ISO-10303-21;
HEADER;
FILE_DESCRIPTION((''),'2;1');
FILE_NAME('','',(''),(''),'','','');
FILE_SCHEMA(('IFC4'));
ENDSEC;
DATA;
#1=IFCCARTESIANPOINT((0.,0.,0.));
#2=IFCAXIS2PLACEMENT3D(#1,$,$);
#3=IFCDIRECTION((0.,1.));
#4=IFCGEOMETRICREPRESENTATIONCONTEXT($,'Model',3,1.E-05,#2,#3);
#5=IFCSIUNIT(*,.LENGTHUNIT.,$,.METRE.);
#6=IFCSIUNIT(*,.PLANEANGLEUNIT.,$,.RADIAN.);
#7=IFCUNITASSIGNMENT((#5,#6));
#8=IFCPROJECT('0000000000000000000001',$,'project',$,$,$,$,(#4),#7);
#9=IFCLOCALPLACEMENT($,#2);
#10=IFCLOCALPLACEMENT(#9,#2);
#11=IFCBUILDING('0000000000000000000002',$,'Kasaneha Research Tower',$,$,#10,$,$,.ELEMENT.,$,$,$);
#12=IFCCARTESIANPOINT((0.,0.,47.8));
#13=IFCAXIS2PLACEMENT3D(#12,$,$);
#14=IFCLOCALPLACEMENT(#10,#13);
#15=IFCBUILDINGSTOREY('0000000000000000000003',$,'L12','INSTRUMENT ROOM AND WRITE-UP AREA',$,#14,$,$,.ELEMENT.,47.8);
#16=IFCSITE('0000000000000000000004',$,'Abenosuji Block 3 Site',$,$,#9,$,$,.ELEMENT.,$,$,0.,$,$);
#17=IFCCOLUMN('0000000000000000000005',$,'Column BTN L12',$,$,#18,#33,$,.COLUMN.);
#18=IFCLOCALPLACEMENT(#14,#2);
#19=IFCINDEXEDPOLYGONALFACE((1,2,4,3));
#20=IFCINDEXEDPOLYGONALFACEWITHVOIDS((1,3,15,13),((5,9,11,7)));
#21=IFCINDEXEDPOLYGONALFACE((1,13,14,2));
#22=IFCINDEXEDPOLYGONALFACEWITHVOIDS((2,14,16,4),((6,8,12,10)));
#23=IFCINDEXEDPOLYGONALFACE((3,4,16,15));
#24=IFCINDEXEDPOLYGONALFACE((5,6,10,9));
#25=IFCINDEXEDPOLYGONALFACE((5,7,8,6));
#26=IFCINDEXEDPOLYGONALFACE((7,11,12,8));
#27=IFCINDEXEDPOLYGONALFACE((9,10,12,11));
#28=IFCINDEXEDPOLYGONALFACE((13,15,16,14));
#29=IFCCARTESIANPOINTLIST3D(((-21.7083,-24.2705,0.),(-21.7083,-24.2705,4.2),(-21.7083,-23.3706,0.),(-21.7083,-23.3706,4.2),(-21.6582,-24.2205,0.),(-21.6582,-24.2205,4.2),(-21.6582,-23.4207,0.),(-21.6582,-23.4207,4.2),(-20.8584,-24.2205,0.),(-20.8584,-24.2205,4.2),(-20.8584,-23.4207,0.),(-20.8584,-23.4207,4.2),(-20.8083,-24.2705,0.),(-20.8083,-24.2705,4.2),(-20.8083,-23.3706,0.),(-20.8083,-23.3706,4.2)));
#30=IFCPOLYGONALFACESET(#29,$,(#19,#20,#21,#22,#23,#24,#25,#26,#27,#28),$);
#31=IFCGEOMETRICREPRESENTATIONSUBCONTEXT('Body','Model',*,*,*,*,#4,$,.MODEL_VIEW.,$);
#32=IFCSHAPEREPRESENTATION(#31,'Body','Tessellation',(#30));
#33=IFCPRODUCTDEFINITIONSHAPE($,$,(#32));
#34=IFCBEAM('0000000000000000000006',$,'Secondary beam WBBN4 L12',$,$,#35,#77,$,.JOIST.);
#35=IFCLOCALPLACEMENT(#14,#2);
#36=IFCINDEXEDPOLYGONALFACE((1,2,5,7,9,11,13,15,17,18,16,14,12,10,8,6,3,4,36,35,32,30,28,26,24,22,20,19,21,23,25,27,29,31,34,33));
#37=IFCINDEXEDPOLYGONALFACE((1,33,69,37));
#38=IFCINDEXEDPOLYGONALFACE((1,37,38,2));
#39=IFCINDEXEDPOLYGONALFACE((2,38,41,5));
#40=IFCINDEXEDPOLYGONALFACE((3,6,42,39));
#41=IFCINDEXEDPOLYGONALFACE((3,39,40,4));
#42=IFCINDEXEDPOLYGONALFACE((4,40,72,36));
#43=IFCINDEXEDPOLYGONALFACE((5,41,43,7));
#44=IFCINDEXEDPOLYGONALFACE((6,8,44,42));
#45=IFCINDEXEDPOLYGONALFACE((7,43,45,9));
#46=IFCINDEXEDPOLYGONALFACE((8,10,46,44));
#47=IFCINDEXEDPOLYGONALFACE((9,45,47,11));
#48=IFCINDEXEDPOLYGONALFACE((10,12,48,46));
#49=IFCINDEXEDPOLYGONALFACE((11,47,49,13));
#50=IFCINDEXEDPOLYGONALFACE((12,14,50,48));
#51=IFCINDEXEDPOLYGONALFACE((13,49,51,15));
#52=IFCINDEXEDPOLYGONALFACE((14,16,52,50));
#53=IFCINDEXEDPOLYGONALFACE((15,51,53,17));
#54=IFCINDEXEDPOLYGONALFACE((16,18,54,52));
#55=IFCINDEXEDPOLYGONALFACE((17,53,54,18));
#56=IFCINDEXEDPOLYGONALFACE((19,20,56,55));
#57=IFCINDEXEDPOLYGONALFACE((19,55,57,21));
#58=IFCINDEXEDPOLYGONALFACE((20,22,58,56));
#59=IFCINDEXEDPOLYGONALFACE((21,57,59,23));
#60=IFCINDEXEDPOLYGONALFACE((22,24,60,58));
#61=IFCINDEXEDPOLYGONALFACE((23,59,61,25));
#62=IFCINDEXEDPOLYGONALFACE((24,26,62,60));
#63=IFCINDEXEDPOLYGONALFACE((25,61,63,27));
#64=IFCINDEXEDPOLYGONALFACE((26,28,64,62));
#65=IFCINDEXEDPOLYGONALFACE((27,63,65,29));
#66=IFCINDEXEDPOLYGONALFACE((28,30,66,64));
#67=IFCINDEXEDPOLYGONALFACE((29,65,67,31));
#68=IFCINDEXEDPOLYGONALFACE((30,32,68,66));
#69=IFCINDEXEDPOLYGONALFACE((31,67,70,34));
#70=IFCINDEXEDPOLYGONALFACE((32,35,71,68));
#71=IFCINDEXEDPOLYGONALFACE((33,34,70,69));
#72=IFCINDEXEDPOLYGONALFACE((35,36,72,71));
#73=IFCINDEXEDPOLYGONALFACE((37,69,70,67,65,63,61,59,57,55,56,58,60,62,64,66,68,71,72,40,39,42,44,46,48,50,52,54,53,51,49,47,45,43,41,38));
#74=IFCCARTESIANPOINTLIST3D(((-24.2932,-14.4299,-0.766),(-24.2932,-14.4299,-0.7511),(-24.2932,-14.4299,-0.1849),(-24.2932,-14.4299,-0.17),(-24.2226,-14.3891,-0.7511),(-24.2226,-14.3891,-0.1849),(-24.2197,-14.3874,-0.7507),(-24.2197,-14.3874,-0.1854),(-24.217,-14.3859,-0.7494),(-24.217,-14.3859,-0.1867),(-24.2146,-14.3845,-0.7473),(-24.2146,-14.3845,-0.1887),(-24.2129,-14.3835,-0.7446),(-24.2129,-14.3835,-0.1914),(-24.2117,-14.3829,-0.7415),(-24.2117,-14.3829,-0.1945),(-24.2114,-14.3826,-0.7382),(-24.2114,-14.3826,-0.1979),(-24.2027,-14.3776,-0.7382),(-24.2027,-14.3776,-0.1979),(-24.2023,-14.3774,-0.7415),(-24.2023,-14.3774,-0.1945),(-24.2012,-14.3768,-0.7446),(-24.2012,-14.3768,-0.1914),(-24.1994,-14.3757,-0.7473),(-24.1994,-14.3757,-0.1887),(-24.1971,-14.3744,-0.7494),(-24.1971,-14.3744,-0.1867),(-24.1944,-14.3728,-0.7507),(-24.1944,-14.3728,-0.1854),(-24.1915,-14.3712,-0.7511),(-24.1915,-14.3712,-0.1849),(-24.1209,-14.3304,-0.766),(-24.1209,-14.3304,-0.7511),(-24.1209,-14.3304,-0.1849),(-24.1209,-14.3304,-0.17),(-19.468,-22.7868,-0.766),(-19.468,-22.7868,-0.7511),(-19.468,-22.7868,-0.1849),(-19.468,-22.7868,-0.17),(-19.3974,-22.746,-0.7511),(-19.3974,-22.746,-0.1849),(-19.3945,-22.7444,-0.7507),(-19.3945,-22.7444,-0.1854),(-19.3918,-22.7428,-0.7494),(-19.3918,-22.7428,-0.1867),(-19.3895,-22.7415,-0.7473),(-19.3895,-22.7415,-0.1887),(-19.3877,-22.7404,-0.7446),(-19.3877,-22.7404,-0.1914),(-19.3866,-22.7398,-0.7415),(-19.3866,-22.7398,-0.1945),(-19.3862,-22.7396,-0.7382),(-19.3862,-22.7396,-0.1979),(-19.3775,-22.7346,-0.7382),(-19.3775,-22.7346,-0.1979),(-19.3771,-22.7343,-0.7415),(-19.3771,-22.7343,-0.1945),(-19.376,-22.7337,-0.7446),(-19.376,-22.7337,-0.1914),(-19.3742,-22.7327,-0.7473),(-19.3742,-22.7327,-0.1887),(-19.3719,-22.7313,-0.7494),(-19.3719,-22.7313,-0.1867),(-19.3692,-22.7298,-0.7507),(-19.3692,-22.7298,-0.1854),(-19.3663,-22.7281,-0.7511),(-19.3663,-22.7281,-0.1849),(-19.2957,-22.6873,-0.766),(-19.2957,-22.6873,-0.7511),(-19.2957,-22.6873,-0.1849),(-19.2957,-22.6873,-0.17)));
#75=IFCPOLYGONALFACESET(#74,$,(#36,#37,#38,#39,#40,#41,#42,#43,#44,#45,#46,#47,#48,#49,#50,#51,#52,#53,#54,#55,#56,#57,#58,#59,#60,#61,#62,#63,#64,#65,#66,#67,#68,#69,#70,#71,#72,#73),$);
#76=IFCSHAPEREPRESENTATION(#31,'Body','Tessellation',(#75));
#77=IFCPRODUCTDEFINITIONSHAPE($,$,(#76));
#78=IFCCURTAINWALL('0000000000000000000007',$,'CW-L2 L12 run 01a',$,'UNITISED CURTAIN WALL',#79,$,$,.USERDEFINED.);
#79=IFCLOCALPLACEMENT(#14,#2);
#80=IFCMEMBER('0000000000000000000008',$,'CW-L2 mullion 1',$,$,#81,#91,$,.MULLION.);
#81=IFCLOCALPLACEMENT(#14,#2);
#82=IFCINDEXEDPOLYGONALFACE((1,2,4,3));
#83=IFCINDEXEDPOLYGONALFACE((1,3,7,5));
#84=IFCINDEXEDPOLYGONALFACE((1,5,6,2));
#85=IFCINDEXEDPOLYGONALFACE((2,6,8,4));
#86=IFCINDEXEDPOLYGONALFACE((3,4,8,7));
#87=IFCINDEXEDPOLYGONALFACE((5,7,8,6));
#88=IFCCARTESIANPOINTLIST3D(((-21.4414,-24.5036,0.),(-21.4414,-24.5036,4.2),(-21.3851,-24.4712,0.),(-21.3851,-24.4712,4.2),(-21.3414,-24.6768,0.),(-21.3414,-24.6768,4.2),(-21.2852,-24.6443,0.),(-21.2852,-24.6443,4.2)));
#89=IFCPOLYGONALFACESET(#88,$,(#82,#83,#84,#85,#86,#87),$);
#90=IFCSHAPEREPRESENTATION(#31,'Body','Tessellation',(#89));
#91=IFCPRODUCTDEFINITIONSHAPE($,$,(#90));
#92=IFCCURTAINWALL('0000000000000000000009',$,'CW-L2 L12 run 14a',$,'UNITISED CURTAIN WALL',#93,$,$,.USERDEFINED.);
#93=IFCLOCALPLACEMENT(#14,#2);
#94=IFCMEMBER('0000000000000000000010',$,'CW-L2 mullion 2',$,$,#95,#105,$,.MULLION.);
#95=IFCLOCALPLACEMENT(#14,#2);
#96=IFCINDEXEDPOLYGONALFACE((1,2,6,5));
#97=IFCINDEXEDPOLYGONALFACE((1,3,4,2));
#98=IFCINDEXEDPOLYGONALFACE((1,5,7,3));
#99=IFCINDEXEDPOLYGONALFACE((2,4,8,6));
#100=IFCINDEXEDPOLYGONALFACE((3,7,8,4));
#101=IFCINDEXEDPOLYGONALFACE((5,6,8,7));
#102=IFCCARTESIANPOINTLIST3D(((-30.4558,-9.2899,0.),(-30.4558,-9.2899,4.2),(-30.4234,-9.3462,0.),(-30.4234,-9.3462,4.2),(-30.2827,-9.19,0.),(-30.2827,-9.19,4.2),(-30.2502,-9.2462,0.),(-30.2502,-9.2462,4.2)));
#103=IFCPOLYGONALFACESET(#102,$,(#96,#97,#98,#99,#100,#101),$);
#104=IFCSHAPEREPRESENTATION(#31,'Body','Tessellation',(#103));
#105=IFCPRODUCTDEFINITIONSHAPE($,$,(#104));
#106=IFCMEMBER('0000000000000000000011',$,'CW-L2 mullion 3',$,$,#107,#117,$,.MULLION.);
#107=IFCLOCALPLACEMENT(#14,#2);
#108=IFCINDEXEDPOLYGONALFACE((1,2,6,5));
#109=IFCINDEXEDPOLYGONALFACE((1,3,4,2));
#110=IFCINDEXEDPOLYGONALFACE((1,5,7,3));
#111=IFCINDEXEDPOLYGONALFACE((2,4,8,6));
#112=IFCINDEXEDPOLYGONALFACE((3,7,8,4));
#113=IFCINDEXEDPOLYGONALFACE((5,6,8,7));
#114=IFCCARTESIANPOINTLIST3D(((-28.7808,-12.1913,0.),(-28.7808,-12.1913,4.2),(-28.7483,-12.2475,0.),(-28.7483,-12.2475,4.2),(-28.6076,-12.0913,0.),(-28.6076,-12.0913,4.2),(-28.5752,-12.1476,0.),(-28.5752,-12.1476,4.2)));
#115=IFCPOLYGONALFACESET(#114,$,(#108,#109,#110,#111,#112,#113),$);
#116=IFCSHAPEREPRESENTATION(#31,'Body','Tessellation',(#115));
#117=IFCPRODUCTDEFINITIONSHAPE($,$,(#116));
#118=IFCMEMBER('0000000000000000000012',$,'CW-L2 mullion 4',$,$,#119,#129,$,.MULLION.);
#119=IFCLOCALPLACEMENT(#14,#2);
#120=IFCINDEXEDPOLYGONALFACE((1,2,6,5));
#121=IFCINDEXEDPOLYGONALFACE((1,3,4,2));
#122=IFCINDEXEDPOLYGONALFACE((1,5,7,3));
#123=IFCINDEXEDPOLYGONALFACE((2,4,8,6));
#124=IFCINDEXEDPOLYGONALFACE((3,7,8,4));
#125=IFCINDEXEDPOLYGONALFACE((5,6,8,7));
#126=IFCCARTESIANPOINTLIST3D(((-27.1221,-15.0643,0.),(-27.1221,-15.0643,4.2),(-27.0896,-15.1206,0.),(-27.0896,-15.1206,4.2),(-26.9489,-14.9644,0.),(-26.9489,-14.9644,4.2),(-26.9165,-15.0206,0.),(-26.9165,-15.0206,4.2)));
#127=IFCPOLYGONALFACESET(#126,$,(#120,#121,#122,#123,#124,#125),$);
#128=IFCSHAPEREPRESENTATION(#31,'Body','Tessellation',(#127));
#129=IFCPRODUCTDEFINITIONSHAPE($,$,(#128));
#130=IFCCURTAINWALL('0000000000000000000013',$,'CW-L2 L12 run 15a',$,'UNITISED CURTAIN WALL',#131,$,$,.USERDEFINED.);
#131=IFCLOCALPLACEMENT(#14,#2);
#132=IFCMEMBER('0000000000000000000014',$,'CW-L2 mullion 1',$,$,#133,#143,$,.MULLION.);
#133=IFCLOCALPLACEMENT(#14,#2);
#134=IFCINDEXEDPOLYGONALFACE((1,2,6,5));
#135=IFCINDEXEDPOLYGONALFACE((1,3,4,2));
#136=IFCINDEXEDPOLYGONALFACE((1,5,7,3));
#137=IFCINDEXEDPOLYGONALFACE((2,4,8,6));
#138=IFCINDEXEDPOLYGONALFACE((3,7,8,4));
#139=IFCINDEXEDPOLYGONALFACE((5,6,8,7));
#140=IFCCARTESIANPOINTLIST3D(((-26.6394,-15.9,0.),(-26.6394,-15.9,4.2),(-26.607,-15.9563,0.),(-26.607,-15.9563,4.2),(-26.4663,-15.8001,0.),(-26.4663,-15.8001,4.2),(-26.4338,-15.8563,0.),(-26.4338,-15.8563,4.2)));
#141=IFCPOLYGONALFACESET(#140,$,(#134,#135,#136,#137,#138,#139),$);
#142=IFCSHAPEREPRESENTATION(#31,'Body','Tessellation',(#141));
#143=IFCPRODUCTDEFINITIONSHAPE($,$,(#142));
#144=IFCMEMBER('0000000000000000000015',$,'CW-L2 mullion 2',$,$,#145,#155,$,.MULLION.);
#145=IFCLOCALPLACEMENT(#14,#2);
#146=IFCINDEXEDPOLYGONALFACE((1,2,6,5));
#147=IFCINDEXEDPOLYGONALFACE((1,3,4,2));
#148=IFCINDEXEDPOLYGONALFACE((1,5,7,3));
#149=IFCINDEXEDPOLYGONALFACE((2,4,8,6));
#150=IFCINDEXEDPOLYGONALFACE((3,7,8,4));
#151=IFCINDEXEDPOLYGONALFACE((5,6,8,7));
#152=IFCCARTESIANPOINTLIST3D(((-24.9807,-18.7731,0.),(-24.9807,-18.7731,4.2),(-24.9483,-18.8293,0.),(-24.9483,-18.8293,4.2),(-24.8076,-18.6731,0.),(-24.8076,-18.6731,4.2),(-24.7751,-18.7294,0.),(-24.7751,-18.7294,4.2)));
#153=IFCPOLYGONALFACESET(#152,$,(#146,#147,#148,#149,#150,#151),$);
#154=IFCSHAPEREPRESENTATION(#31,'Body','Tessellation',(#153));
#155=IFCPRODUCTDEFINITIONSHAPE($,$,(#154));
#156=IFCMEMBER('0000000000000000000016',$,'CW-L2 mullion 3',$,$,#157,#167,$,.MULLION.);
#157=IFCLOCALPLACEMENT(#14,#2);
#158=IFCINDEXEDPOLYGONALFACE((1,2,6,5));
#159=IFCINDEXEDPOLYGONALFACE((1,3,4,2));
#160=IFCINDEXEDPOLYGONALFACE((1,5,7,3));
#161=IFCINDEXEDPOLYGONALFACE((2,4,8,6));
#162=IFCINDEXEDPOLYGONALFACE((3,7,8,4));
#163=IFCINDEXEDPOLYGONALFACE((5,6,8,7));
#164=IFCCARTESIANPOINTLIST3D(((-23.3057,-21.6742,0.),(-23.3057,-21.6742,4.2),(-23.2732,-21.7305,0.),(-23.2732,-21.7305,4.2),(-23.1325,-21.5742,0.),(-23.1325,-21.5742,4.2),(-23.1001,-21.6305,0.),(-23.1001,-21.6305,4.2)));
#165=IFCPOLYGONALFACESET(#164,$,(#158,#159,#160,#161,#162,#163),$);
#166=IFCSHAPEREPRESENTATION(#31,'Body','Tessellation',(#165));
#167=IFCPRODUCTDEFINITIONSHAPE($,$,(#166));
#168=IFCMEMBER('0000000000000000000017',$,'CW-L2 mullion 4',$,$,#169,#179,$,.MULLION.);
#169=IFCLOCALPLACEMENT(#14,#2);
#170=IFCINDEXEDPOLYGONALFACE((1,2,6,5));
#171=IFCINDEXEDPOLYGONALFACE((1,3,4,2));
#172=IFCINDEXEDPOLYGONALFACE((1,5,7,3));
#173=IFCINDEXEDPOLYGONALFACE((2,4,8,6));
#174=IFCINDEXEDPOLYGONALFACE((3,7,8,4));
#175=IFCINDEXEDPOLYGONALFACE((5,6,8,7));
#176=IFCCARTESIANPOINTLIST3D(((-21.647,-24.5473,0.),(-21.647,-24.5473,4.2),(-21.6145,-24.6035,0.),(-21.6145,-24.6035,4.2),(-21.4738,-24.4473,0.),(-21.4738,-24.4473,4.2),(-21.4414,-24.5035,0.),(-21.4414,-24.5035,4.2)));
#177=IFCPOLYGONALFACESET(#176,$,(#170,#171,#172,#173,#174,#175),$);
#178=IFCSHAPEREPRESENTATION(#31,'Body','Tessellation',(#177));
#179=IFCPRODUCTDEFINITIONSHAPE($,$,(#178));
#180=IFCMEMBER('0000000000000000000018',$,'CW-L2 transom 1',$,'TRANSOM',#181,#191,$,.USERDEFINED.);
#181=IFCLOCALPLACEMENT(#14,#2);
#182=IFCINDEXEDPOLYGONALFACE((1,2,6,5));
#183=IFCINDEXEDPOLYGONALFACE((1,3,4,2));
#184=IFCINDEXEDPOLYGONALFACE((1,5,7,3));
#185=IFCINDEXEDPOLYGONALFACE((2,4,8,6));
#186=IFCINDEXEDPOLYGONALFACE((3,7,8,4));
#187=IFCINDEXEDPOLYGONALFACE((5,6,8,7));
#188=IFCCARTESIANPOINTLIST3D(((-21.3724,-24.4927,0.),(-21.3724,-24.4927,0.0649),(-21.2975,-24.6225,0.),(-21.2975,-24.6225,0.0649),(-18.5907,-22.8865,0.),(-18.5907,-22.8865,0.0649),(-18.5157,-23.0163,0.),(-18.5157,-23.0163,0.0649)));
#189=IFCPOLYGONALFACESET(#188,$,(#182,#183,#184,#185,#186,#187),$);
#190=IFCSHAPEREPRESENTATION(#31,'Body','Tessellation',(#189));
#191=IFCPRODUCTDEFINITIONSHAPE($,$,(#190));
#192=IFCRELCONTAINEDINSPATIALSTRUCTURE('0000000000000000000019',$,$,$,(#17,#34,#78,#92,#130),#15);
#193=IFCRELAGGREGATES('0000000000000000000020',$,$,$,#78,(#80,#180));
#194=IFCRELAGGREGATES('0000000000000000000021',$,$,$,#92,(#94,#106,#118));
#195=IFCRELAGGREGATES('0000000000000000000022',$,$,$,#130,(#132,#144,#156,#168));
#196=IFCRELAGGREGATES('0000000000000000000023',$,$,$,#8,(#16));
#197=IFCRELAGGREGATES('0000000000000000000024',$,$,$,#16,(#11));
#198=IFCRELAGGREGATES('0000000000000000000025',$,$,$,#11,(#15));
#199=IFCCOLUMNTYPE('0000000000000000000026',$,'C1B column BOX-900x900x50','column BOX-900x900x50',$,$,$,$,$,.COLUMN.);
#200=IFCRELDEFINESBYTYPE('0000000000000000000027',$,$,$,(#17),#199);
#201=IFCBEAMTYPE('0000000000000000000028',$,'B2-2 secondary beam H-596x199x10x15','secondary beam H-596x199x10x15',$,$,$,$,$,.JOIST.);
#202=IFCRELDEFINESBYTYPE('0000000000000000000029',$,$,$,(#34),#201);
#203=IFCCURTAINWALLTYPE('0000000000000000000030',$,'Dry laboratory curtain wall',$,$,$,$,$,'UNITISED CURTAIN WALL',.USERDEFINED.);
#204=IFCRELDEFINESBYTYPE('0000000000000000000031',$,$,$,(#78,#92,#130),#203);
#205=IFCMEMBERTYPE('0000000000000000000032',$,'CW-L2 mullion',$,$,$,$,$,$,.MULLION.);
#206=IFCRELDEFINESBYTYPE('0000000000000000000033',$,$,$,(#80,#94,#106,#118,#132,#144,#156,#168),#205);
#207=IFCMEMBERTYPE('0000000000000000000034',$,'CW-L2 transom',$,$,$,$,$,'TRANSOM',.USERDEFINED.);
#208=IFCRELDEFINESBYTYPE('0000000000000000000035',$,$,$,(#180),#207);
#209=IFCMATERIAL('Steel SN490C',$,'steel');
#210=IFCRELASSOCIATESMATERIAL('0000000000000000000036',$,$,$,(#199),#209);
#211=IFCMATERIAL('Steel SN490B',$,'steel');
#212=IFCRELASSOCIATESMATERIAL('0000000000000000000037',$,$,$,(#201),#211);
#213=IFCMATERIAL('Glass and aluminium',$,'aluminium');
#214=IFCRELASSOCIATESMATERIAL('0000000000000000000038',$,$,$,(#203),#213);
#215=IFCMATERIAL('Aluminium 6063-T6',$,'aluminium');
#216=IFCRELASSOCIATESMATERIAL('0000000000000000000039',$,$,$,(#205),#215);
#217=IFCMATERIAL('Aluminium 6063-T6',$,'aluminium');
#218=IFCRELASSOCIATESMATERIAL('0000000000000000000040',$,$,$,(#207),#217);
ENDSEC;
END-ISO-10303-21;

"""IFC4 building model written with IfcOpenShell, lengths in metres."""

from ifc_helpers import new_model, si_unit, direction, frame, origin, origin_2d, place, context, subcontext, project, spatial, rectangle, hollow_rectangle, i_section, extrude, material, material_profile, profile_set, type_object, element, aggregate, save


model = new_model("IFC4")

# Units and contexts
model_context = context("Model", 3, precision=1e-05, world=origin(), true_north=direction((0.0, 1.0)))
body_context = subcontext(model_context, "Body", "Model", "MODEL_VIEW")
ifc_project = project(units=[si_unit("LENGTHUNIT", "METRE"), si_unit("PLANEANGLEUNIT", "RADIAN")], contexts=[model_context])

# Site, building, storey
site_placement = place(None, origin())
site = spatial("IfcSite", under=ifc_project, at=site_placement, Name="Abenosuji Block 3 Site", CompositionType="ELEMENT", RefElevation=0.0)
building_placement = place(site_placement, origin())
building = spatial("IfcBuilding", under=site, at=building_placement, Name="Kasaneha Research Tower", CompositionType="ELEMENT")
storey_placement = place(building_placement, frame((0.0, 0.0, 47.8)))
storey = spatial("IfcBuildingStorey", under=building, at=storey_placement, Name="L12", Description="INSTRUMENT ROOM AND WRITE-UP AREA", CompositionType="ELEMENT", Elevation=47.8)

# Column
ifc_material_1 = material(Name="Steel SN490C", Category="steel")
ifc_material_profile_1 = material_profile(ifc_material_1, hollow_rectangle(XDim=0.8999, YDim=0.8999, WallThickness=0.05, at=origin_2d()), Name="BOX-900x900x50")
ifc_profile_set_1 = profile_set([ifc_material_profile_1], Name="Steel SN490C")
column_type = type_object("IfcColumnType", Name="C1B column BOX-900x900x50", Description="column BOX-900x900x50", PredefinedType="COLUMN", material=ifc_profile_set_1)
column_placement = place(storey_placement, frame((-21.2583, -23.8206, 0.0), z_axis=(0.0, 0.0, 1.0), x_axis=(1.0, 0.0, 0.0)))
element("IfcColumn", 1, at=column_placement, inside=storey, type_object=column_type, Name="Column BTN L12", PredefinedType="COLUMN", context=body_context, shape_type="SweptSolid", body=[
    extrude(hollow_rectangle(XDim=0.8999, YDim=0.8999, WallThickness=0.05, at=origin_2d()), origin(), (0.0, 0.0, 1.0), 4.2),
])

# Beam
ifc_material_2 = material(Name="Steel SN490B", Category="steel")
ifc_material_profile_2 = material_profile(ifc_material_2, i_section(OverallWidth=0.199, OverallDepth=0.5959, WebThickness=0.01, FlangeThickness=0.0149, FilletRadius=0.0129, at=origin_2d()), Name="H-596x199x10x15")
ifc_profile_set_2 = profile_set([ifc_material_profile_2], Name="Steel SN490B")
beam_type_1 = type_object("IfcBeamType", Name="B2-2 secondary beam H-596x199x10x15", Description="secondary beam H-596x199x10x15", PredefinedType="JOIST", material=ifc_profile_set_2)
beam_1_placement = place(storey_placement, frame((-19.3818, -22.7371, -0.468), z_axis=(-0.500025, 0.866011, 0.0), x_axis=(-0.866011, -0.500025, 0.0)))
element("IfcBeam", 2, at=beam_1_placement, inside=storey, type_object=beam_type_1, Name="Secondary beam WBBN4 L12", PredefinedType="JOIST", context=body_context, shape_type="SweptSolid", body=[
    extrude(i_section(OverallWidth=0.199, OverallDepth=0.5959, WebThickness=0.01, FlangeThickness=0.0149, FilletRadius=0.0129, at=origin_2d()), origin(), (0.0, 0.0, 1.0), 9.6499),
])

# Curtain wall, member
ifc_material_3 = material(Name="Glass and aluminium", Category="aluminium")
curtain_wall_type = type_object("IfcCurtainWallType", Name="Dry laboratory curtain wall", ElementType="UNITISED CURTAIN WALL", PredefinedType="USERDEFINED", material=ifc_material_3)
curtain_wall_1_placement = place(storey_placement, origin())
curtain_wall_1 = element("IfcCurtainWall", 3, at=curtain_wall_1_placement, inside=storey, type_object=curtain_wall_type, Name="CW-L2 L12 run 01a", ObjectType="UNITISED CURTAIN WALL", PredefinedType="USERDEFINED")
ifc_material_4 = material(Name="Aluminium 6063-T6", Category="aluminium")
ifc_material_profile_3 = material_profile(ifc_material_4, rectangle(XDim=0.0649, YDim=0.2, at=origin_2d()), Name="CW-L2 mullion 65x200")
ifc_profile_set_3 = profile_set([ifc_material_profile_3], Name="Aluminium 6063-T6")
member_type_1 = type_object("IfcMemberType", Name="CW-L2 mullion", PredefinedType="MULLION", material=ifc_profile_set_3)
member_1_placement = place(storey_placement, frame((-21.3633, -24.574, 0.0), z_axis=(0.0, 0.0, 1.0), x_axis=(0.866025, 0.5, 0.0)))
member_1 = element("IfcMember", 4, at=member_1_placement, type_object=member_type_1, Name="CW-L2 mullion 1", PredefinedType="MULLION", context=body_context, shape_type="SweptSolid", body=[
    extrude(rectangle(XDim=0.0649, YDim=0.2, at=origin_2d()), origin(), (0.0, 0.0, 1.0), 4.2),
])

# Curtain walls, members
curtain_wall_2_placement = place(storey_placement, origin())
curtain_wall_2 = element("IfcCurtainWall", 5, at=curtain_wall_2_placement, inside=storey, type_object=curtain_wall_type, Name="CW-L2 L12 run 14a", ObjectType="UNITISED CURTAIN WALL", PredefinedType="USERDEFINED")
member_2_placement = place(storey_placement, frame((-30.353, -9.2681, 0.0), z_axis=(0.0, 0.0, 1.0), x_axis=(0.5, -0.866025, 0.0)))
member_2 = element("IfcMember", 6, at=member_2_placement, type_object=member_type_1, Name="CW-L2 mullion 2", PredefinedType="MULLION", context=body_context, shape_type="SweptSolid", body=[
    extrude(rectangle(XDim=0.0649, YDim=0.2, at=origin_2d()), origin(), (0.0, 0.0, 1.0), 4.2),
])
member_3_placement = place(storey_placement, frame((-28.678, -12.1694, 0.0), z_axis=(0.0, 0.0, 1.0), x_axis=(0.5, -0.866025, 0.0)))
member_3 = element("IfcMember", 7, at=member_3_placement, type_object=member_type_1, Name="CW-L2 mullion 3", PredefinedType="MULLION", context=body_context, shape_type="SweptSolid", body=[
    extrude(rectangle(XDim=0.0649, YDim=0.2, at=origin_2d()), origin(), (0.0, 0.0, 1.0), 4.2),
])
member_4_placement = place(storey_placement, frame((-27.0193, -15.0425, 0.0), z_axis=(0.0, 0.0, 1.0), x_axis=(0.5, -0.866025, 0.0)))
member_4 = element("IfcMember", 8, at=member_4_placement, type_object=member_type_1, Name="CW-L2 mullion 4", PredefinedType="MULLION", context=body_context, shape_type="SweptSolid", body=[
    extrude(rectangle(XDim=0.0649, YDim=0.2, at=origin_2d()), origin(), (0.0, 0.0, 1.0), 4.2),
])
curtain_wall_3_placement = place(storey_placement, origin())
curtain_wall_3 = element("IfcCurtainWall", 9, at=curtain_wall_3_placement, inside=storey, type_object=curtain_wall_type, Name="CW-L2 L12 run 15a", ObjectType="UNITISED CURTAIN WALL", PredefinedType="USERDEFINED")
member_5_placement = place(storey_placement, frame((-26.5366, -15.8782, 0.0), z_axis=(0.0, 0.0, 1.0), x_axis=(0.5, -0.866025, 0.0)))
member_5 = element("IfcMember", 10, at=member_5_placement, type_object=member_type_1, Name="CW-L2 mullion 1", PredefinedType="MULLION", context=body_context, shape_type="SweptSolid", body=[
    extrude(rectangle(XDim=0.0649, YDim=0.2, at=origin_2d()), origin(), (0.0, 0.0, 1.0), 4.2),
])
member_6_placement = place(storey_placement, frame((-24.8779, -18.7512, 0.0), z_axis=(0.0, 0.0, 1.0), x_axis=(0.5, -0.866025, 0.0)))
member_6 = element("IfcMember", 11, at=member_6_placement, type_object=member_type_1, Name="CW-L2 mullion 2", PredefinedType="MULLION", context=body_context, shape_type="SweptSolid", body=[
    extrude(rectangle(XDim=0.0649, YDim=0.2, at=origin_2d()), origin(), (0.0, 0.0, 1.0), 4.2),
])
member_7_placement = place(storey_placement, frame((-23.2029, -21.6523, 0.0), z_axis=(0.0, 0.0, 1.0), x_axis=(0.5, -0.866025, 0.0)))
member_7 = element("IfcMember", 12, at=member_7_placement, type_object=member_type_1, Name="CW-L2 mullion 3", PredefinedType="MULLION", context=body_context, shape_type="SweptSolid", body=[
    extrude(rectangle(XDim=0.0649, YDim=0.2, at=origin_2d()), origin(), (0.0, 0.0, 1.0), 4.2),
])
member_8_placement = place(storey_placement, frame((-21.5442, -24.5254, 0.0), z_axis=(0.0, 0.0, 1.0), x_axis=(0.5, -0.866025, 0.0)))
member_8 = element("IfcMember", 13, at=member_8_placement, type_object=member_type_1, Name="CW-L2 mullion 4", PredefinedType="MULLION", context=body_context, shape_type="SweptSolid", body=[
    extrude(rectangle(XDim=0.0649, YDim=0.2, at=origin_2d()), origin(), (0.0, 0.0, 1.0), 4.2),
])

# Member
ifc_material_5 = material(Name="Aluminium 6063-T6", Category="aluminium")
ifc_material_profile_4 = material_profile(ifc_material_5, rectangle(XDim=0.1499, YDim=0.0649, at=origin_2d()), Name="CW-L2 transom 150x65")
ifc_profile_set_4 = profile_set([ifc_material_profile_4], Name="Aluminium 6063-T6")
member_type_2 = type_object("IfcMemberType", Name="CW-L2 transom", ElementType="TRANSOM", PredefinedType="USERDEFINED", material=ifc_profile_set_4)
member_9_placement = place(storey_placement, frame((-21.335, -24.5576, 0.0325), z_axis=(0.866003, 0.500038, 0.0), x_axis=(-0.500038, 0.866003, 0.0)))
member_9 = element("IfcMember", 14, at=member_9_placement, type_object=member_type_2, Name="CW-L2 transom 1", ObjectType="TRANSOM", PredefinedType="USERDEFINED", context=body_context, shape_type="SweptSolid", body=[
    extrude(rectangle(XDim=0.1499, YDim=0.0649, at=origin_2d()), origin(), (0.0, 0.0, 1.0), 3.2122),
])

aggregate(curtain_wall_1, [member_1, member_9])
aggregate(curtain_wall_2, [member_2, member_3, member_4])
aggregate(curtain_wall_3, [member_5, member_6, member_7, member_8])

save(model, "model.ifc")
